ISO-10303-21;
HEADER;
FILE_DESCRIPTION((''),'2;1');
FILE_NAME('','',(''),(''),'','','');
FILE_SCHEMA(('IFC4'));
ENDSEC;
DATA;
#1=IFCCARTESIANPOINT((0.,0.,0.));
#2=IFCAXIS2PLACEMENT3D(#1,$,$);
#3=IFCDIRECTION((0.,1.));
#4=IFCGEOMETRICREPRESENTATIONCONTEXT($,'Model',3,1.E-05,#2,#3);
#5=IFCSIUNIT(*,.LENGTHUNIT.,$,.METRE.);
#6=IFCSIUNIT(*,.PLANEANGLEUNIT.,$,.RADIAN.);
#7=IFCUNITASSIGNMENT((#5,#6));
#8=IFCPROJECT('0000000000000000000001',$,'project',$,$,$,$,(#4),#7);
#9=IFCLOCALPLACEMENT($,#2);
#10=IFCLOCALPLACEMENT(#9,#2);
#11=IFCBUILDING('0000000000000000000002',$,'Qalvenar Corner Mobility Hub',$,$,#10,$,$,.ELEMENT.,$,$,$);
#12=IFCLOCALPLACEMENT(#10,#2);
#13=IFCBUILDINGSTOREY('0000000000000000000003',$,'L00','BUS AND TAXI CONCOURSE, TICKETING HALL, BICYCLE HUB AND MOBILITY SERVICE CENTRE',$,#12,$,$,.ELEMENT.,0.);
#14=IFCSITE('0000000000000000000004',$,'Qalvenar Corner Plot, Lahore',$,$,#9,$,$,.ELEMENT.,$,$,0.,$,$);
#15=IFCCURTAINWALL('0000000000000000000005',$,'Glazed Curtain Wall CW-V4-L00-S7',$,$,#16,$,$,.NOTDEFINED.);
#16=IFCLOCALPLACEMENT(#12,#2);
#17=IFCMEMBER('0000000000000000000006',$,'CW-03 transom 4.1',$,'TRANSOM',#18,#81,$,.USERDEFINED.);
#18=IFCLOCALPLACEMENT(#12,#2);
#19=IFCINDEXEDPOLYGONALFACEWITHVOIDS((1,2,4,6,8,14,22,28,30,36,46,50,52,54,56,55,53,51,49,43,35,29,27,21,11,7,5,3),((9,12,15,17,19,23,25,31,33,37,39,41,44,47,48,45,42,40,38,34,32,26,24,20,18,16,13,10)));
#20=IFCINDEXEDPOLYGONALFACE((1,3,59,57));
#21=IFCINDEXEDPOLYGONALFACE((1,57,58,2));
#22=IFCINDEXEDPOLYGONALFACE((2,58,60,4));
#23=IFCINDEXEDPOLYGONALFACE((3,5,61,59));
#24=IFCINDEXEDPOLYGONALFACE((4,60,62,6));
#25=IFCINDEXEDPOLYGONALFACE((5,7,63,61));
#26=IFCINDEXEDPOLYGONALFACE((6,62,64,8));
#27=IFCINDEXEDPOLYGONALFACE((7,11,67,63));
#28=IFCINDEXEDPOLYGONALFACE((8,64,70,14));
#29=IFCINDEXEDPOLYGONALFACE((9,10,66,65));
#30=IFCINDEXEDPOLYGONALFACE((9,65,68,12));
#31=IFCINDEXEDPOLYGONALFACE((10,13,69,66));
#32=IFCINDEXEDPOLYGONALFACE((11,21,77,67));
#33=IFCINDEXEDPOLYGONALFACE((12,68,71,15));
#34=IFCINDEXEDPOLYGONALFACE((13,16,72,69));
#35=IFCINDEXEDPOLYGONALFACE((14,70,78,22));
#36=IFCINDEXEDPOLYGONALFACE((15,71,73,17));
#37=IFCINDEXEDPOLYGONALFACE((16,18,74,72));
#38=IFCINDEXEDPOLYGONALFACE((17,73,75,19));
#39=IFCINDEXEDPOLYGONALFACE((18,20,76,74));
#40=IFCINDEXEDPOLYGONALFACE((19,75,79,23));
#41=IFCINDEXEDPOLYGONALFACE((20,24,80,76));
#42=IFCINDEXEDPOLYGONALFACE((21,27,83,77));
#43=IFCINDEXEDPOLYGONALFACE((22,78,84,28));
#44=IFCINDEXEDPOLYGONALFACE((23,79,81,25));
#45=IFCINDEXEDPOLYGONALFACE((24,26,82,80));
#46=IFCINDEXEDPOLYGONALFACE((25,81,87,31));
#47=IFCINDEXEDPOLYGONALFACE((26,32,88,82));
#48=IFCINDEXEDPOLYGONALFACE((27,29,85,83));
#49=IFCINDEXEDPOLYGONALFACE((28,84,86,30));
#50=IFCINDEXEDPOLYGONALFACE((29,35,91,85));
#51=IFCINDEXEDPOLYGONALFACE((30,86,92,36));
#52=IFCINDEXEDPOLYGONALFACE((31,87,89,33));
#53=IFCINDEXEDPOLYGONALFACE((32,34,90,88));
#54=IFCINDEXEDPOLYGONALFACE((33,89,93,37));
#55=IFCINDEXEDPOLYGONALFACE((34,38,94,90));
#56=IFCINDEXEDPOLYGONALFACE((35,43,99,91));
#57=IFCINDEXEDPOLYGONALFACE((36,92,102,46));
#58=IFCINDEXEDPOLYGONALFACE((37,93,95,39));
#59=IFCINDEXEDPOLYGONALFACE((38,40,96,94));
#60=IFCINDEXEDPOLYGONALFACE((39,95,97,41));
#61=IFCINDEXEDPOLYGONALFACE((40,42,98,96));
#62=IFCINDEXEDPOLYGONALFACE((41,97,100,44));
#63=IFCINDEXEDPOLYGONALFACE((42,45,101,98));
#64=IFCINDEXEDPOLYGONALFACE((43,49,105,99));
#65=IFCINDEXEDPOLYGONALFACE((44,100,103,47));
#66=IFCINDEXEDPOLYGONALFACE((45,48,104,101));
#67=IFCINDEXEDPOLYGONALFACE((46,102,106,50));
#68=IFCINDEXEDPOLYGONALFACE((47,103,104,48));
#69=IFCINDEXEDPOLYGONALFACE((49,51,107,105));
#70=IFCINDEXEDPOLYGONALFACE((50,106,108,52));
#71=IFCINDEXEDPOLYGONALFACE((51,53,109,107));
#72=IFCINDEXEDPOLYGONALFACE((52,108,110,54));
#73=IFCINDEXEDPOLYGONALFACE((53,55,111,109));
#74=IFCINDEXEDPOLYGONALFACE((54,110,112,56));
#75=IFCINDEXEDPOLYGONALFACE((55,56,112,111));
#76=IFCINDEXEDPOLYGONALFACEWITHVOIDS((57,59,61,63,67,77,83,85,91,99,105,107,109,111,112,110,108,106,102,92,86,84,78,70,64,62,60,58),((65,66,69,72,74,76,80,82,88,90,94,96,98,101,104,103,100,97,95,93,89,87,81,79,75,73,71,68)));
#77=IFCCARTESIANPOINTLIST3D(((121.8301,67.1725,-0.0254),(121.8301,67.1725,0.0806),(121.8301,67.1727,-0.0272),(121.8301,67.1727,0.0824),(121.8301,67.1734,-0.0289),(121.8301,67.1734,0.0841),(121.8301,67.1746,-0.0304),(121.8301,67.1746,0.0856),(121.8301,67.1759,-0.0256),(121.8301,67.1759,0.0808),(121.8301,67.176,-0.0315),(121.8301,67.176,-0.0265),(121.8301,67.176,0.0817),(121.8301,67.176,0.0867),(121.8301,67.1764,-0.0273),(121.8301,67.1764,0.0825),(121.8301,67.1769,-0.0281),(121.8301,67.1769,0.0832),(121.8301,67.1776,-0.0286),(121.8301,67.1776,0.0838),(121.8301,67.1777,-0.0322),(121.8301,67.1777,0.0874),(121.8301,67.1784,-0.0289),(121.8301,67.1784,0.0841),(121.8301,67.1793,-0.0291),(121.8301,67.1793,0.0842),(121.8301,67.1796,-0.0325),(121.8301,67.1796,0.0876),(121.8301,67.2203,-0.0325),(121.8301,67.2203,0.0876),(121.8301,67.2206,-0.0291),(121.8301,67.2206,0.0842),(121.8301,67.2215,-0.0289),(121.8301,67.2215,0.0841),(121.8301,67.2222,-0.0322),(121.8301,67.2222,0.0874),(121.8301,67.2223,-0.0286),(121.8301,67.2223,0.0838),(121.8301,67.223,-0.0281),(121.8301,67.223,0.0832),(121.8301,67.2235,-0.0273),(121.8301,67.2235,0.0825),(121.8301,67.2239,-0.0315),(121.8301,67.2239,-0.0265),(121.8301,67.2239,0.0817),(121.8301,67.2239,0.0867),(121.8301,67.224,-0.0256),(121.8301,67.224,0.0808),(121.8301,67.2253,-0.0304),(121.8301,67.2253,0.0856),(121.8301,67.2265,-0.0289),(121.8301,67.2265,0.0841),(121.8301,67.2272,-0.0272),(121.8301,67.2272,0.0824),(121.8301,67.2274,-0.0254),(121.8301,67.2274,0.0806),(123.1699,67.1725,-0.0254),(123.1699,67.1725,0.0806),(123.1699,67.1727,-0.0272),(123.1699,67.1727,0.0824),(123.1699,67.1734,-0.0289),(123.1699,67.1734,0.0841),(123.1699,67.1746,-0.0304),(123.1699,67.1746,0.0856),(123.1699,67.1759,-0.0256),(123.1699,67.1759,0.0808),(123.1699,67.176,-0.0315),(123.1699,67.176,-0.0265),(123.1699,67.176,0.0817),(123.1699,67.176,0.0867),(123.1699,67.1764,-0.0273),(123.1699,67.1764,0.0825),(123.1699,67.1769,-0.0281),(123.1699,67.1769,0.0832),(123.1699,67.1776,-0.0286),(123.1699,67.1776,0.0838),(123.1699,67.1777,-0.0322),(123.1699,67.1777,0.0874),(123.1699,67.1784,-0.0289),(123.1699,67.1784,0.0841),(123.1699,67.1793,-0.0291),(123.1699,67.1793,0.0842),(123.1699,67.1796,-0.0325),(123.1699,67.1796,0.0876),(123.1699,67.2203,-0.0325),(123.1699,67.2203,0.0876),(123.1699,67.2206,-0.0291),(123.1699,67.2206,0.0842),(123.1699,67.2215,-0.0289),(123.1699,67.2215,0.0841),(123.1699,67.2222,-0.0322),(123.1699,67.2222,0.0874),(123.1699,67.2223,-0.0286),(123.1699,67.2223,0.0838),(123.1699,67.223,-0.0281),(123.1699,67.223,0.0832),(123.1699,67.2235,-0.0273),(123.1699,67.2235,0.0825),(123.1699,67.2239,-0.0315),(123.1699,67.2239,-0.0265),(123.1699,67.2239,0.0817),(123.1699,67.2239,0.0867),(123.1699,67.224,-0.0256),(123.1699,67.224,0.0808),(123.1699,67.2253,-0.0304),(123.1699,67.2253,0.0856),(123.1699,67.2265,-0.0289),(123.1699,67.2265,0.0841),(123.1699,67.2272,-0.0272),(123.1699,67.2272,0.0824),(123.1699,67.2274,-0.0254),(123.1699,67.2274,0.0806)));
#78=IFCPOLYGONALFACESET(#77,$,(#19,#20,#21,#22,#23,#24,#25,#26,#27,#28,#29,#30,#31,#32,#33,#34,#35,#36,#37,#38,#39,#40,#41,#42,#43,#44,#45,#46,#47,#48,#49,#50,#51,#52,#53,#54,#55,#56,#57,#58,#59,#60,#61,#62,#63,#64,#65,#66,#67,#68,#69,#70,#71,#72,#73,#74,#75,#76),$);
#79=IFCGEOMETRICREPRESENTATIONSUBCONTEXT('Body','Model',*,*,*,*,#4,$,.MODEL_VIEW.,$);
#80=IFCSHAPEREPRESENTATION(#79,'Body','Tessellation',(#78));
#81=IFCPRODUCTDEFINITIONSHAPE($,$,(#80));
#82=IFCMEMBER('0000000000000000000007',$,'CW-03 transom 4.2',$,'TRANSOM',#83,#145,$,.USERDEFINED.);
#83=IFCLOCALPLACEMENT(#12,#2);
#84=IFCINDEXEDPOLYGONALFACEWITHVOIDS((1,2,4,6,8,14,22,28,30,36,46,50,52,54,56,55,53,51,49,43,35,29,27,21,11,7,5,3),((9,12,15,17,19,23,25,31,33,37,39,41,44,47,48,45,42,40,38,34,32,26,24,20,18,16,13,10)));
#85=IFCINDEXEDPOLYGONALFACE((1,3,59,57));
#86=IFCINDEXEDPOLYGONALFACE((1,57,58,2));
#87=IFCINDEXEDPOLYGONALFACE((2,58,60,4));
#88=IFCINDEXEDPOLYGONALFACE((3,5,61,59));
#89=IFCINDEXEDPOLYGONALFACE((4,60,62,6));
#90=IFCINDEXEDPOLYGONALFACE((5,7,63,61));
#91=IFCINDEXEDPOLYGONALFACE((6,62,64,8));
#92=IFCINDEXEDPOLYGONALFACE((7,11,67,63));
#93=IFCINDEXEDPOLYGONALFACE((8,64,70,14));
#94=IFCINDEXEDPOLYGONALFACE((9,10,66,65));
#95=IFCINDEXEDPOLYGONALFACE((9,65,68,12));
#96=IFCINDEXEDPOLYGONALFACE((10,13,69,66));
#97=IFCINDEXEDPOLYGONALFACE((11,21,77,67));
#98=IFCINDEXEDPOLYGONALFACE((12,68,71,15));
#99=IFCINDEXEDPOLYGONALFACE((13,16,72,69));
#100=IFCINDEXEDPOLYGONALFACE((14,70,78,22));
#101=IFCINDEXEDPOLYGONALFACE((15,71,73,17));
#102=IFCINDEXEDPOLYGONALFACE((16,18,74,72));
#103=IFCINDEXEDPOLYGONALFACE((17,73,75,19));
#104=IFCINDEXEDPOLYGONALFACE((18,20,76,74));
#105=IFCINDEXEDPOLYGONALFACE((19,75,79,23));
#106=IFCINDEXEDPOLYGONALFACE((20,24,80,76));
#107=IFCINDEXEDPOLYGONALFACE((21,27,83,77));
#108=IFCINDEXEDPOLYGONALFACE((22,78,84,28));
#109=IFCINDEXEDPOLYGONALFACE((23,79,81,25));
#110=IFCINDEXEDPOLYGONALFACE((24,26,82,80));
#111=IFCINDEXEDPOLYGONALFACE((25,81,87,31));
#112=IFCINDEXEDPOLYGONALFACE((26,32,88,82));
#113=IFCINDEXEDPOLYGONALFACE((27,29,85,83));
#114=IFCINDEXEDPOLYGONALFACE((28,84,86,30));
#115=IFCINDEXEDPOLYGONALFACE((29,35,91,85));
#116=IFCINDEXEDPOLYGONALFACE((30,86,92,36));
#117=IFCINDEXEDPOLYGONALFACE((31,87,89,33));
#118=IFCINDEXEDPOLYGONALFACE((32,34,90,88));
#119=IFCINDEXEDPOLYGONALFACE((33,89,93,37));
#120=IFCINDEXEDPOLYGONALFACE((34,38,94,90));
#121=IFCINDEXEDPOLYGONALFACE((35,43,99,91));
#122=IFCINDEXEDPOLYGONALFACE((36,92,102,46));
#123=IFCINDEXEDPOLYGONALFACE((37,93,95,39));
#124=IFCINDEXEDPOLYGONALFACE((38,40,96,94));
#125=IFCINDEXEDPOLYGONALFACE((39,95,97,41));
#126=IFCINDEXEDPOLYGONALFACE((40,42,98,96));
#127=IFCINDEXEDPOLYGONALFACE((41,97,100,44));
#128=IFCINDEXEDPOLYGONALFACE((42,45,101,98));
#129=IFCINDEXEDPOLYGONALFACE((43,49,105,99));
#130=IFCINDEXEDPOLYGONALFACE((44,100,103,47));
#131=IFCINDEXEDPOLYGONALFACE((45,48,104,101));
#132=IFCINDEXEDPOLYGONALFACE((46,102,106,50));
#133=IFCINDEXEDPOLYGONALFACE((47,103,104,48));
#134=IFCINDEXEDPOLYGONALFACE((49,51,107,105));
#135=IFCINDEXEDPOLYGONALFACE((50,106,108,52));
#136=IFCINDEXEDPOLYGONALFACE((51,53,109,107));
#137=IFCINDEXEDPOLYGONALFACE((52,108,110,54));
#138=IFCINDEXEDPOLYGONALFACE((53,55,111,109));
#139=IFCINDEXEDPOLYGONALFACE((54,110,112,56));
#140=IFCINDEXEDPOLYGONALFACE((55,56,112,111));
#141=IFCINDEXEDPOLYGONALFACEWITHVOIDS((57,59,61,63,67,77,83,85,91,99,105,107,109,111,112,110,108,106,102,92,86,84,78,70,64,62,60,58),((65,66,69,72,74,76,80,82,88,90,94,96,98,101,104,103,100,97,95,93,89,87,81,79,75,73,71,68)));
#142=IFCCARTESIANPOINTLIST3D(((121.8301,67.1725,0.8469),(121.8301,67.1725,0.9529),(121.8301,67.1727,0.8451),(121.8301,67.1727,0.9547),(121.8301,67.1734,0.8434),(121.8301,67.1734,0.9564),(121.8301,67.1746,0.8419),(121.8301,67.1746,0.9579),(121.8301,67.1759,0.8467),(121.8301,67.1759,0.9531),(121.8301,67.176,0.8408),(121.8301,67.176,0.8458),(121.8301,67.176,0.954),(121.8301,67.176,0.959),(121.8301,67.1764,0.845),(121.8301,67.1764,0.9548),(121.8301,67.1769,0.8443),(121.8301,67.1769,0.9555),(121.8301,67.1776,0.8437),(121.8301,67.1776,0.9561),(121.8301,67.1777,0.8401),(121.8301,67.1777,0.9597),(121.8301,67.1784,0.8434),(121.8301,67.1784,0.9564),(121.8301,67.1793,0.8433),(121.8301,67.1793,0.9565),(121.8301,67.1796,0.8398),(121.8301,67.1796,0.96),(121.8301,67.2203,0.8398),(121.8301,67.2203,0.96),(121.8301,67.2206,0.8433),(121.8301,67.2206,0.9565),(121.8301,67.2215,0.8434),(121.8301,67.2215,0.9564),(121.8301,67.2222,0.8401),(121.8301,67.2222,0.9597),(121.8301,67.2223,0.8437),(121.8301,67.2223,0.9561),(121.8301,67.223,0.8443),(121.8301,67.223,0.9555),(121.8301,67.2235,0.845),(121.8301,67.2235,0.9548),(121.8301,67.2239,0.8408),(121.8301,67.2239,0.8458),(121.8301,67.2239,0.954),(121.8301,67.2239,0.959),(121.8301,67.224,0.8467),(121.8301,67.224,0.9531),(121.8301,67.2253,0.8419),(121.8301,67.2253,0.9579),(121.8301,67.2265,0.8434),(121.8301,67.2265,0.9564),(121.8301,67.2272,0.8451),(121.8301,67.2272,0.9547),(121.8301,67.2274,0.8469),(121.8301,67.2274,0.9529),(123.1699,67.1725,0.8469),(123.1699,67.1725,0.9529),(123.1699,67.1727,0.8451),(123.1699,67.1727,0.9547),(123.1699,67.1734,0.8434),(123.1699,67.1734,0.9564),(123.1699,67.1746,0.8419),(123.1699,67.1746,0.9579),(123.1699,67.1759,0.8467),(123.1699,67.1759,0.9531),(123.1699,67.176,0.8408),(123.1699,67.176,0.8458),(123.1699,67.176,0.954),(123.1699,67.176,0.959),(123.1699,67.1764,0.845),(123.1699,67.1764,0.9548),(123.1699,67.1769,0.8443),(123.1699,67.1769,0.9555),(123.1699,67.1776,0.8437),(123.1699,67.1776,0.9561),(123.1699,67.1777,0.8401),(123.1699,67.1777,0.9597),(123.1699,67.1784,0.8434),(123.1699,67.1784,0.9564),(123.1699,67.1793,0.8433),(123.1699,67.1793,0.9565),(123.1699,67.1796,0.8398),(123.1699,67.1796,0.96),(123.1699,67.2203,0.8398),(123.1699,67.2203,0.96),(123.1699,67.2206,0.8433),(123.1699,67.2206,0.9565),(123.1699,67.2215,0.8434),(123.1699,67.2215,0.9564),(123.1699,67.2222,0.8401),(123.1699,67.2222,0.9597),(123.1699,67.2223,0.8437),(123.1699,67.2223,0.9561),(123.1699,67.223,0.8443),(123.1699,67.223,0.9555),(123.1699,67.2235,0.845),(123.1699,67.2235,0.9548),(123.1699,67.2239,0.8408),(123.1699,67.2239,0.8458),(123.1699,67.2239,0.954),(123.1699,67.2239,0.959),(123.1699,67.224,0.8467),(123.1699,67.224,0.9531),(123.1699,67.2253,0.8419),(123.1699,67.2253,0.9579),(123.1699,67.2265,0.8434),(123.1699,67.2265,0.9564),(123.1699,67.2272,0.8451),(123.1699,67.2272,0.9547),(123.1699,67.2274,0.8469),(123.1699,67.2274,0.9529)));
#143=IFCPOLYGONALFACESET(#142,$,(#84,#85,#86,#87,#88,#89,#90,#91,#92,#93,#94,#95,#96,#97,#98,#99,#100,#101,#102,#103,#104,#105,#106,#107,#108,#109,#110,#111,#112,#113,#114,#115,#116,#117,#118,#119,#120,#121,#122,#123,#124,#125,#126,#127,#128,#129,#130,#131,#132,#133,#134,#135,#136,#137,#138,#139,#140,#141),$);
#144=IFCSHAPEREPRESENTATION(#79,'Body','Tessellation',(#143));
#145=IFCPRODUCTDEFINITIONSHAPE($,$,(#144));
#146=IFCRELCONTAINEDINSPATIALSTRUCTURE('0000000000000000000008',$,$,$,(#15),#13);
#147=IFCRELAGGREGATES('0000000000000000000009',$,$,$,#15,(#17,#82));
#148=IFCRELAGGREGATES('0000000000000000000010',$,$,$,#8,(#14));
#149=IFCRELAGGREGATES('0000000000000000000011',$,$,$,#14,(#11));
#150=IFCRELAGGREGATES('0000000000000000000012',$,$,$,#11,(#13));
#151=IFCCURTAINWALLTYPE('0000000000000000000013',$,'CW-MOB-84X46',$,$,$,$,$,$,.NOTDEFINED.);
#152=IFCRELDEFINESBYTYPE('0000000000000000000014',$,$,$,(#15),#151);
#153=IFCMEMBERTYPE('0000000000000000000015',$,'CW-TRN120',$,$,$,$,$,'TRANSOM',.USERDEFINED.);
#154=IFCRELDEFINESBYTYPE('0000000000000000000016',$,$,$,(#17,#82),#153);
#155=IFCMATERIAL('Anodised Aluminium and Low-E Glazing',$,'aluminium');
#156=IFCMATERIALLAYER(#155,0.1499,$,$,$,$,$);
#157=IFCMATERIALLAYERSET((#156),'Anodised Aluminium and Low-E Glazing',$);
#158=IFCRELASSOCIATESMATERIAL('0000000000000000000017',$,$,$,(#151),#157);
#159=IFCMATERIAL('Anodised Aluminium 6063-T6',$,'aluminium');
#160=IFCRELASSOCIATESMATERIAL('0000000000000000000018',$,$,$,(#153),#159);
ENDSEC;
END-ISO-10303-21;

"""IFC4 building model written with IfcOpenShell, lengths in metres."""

from ifc_helpers import new_model, si_unit, direction, frame, origin, origin_2d, place, context, subcontext, project, spatial, hollow_rectangle, extrude, material, layer, layer_set, material_profile, profile_set, type_object, element, aggregate, save


model = new_model("IFC4")

# Units and contexts
model_context = context("Model", 3, precision=1e-05, world=origin(), true_north=direction((0.0, 1.0)))
body_context = subcontext(model_context, "Body", "Model", "MODEL_VIEW")
ifc_project = project(units=[si_unit("LENGTHUNIT", "METRE"), si_unit("PLANEANGLEUNIT", "RADIAN")], contexts=[model_context])

# Site, building, storey
site_placement = place(None, origin())
site = spatial("IfcSite", under=ifc_project, at=site_placement, Name="Qalvenar Corner Plot, Lahore", CompositionType="ELEMENT", RefElevation=0.0)
building_placement = place(site_placement, origin())
building = spatial("IfcBuilding", under=site, at=building_placement, Name="Qalvenar Corner Mobility Hub", CompositionType="ELEMENT")
storey_placement = place(building_placement, origin())
storey = spatial("IfcBuildingStorey", under=building, at=storey_placement, Name="L00", Description="BUS AND TAXI CONCOURSE, TICKETING HALL, BICYCLE HUB AND MOBILITY SERVICE CENTRE", CompositionType="ELEMENT", Elevation=0.0)

# Curtain wall, members
ifc_material_1 = material(Name="Anodised Aluminium and Low-E Glazing", Category="aluminium")
ifc_layer_1 = layer(ifc_material_1, 0.1499)
ifc_layer_set_1 = layer_set([ifc_layer_1], Name="Anodised Aluminium and Low-E Glazing")
curtain_wall_type = type_object("IfcCurtainWallType", Name="CW-MOB-84X46", PredefinedType="NOTDEFINED", material=ifc_layer_set_1)
curtain_wall_placement = place(storey_placement, origin())
curtain_wall = element("IfcCurtainWall", 1, at=curtain_wall_placement, inside=storey, type_object=curtain_wall_type, Name="Glazed Curtain Wall CW-V4-L00-S7", PredefinedType="NOTDEFINED")
ifc_material_2 = material(Name="Anodised Aluminium 6063-T6", Category="aluminium")
ifc_material_profile_1 = material_profile(ifc_material_2, hollow_rectangle(XDim=0.0549, YDim=0.1201, WallThickness=0.0034, InnerFilletRadius=0.0034, OuterFilletRadius=0.0071, at=origin_2d()), Name="RHS120x55x3.5")
ifc_profile_set_1 = profile_set([ifc_material_profile_1], Name="Anodised Aluminium 6063-T6")
member_type_1 = type_object("IfcMemberType", Name="CW-TRN120", ElementType="TRANSOM", PredefinedType="USERDEFINED", material=ifc_profile_set_1)
member_1_placement = place(storey_placement, frame((121.8301, 67.2, 0.0276), z_axis=(1.0, 0.0, 0.0), x_axis=(0.0, 1.0, 0.0)))
member_1 = element("IfcMember", 2, at=member_1_placement, type_object=member_type_1, Name="CW-03 transom 4.1", ObjectType="TRANSOM", PredefinedType="USERDEFINED", context=body_context, shape_type="SweptSolid", body=[
    extrude(hollow_rectangle(XDim=0.0549, YDim=0.1201, WallThickness=0.0034, InnerFilletRadius=0.0034, OuterFilletRadius=0.0071, at=origin_2d()), origin(), (0.0, 0.0, 1.0), 1.3398),
])
member_2_placement = place(storey_placement, frame((121.8301, 67.2, 0.8999), z_axis=(1.0, 0.0, 0.0), x_axis=(0.0, 1.0, 0.0)))
member_2 = element("IfcMember", 3, at=member_2_placement, type_object=member_type_1, Name="CW-03 transom 4.2", ObjectType="TRANSOM", PredefinedType="USERDEFINED", context=body_context, shape_type="SweptSolid", body=[
    extrude(hollow_rectangle(XDim=0.0549, YDim=0.1201, WallThickness=0.0034, InnerFilletRadius=0.0034, OuterFilletRadius=0.0071, at=origin_2d()), origin(), (0.0, 0.0, 1.0), 1.3398),
])
aggregate(curtain_wall, [member_1, member_2])

save(model, "model.ifc")
